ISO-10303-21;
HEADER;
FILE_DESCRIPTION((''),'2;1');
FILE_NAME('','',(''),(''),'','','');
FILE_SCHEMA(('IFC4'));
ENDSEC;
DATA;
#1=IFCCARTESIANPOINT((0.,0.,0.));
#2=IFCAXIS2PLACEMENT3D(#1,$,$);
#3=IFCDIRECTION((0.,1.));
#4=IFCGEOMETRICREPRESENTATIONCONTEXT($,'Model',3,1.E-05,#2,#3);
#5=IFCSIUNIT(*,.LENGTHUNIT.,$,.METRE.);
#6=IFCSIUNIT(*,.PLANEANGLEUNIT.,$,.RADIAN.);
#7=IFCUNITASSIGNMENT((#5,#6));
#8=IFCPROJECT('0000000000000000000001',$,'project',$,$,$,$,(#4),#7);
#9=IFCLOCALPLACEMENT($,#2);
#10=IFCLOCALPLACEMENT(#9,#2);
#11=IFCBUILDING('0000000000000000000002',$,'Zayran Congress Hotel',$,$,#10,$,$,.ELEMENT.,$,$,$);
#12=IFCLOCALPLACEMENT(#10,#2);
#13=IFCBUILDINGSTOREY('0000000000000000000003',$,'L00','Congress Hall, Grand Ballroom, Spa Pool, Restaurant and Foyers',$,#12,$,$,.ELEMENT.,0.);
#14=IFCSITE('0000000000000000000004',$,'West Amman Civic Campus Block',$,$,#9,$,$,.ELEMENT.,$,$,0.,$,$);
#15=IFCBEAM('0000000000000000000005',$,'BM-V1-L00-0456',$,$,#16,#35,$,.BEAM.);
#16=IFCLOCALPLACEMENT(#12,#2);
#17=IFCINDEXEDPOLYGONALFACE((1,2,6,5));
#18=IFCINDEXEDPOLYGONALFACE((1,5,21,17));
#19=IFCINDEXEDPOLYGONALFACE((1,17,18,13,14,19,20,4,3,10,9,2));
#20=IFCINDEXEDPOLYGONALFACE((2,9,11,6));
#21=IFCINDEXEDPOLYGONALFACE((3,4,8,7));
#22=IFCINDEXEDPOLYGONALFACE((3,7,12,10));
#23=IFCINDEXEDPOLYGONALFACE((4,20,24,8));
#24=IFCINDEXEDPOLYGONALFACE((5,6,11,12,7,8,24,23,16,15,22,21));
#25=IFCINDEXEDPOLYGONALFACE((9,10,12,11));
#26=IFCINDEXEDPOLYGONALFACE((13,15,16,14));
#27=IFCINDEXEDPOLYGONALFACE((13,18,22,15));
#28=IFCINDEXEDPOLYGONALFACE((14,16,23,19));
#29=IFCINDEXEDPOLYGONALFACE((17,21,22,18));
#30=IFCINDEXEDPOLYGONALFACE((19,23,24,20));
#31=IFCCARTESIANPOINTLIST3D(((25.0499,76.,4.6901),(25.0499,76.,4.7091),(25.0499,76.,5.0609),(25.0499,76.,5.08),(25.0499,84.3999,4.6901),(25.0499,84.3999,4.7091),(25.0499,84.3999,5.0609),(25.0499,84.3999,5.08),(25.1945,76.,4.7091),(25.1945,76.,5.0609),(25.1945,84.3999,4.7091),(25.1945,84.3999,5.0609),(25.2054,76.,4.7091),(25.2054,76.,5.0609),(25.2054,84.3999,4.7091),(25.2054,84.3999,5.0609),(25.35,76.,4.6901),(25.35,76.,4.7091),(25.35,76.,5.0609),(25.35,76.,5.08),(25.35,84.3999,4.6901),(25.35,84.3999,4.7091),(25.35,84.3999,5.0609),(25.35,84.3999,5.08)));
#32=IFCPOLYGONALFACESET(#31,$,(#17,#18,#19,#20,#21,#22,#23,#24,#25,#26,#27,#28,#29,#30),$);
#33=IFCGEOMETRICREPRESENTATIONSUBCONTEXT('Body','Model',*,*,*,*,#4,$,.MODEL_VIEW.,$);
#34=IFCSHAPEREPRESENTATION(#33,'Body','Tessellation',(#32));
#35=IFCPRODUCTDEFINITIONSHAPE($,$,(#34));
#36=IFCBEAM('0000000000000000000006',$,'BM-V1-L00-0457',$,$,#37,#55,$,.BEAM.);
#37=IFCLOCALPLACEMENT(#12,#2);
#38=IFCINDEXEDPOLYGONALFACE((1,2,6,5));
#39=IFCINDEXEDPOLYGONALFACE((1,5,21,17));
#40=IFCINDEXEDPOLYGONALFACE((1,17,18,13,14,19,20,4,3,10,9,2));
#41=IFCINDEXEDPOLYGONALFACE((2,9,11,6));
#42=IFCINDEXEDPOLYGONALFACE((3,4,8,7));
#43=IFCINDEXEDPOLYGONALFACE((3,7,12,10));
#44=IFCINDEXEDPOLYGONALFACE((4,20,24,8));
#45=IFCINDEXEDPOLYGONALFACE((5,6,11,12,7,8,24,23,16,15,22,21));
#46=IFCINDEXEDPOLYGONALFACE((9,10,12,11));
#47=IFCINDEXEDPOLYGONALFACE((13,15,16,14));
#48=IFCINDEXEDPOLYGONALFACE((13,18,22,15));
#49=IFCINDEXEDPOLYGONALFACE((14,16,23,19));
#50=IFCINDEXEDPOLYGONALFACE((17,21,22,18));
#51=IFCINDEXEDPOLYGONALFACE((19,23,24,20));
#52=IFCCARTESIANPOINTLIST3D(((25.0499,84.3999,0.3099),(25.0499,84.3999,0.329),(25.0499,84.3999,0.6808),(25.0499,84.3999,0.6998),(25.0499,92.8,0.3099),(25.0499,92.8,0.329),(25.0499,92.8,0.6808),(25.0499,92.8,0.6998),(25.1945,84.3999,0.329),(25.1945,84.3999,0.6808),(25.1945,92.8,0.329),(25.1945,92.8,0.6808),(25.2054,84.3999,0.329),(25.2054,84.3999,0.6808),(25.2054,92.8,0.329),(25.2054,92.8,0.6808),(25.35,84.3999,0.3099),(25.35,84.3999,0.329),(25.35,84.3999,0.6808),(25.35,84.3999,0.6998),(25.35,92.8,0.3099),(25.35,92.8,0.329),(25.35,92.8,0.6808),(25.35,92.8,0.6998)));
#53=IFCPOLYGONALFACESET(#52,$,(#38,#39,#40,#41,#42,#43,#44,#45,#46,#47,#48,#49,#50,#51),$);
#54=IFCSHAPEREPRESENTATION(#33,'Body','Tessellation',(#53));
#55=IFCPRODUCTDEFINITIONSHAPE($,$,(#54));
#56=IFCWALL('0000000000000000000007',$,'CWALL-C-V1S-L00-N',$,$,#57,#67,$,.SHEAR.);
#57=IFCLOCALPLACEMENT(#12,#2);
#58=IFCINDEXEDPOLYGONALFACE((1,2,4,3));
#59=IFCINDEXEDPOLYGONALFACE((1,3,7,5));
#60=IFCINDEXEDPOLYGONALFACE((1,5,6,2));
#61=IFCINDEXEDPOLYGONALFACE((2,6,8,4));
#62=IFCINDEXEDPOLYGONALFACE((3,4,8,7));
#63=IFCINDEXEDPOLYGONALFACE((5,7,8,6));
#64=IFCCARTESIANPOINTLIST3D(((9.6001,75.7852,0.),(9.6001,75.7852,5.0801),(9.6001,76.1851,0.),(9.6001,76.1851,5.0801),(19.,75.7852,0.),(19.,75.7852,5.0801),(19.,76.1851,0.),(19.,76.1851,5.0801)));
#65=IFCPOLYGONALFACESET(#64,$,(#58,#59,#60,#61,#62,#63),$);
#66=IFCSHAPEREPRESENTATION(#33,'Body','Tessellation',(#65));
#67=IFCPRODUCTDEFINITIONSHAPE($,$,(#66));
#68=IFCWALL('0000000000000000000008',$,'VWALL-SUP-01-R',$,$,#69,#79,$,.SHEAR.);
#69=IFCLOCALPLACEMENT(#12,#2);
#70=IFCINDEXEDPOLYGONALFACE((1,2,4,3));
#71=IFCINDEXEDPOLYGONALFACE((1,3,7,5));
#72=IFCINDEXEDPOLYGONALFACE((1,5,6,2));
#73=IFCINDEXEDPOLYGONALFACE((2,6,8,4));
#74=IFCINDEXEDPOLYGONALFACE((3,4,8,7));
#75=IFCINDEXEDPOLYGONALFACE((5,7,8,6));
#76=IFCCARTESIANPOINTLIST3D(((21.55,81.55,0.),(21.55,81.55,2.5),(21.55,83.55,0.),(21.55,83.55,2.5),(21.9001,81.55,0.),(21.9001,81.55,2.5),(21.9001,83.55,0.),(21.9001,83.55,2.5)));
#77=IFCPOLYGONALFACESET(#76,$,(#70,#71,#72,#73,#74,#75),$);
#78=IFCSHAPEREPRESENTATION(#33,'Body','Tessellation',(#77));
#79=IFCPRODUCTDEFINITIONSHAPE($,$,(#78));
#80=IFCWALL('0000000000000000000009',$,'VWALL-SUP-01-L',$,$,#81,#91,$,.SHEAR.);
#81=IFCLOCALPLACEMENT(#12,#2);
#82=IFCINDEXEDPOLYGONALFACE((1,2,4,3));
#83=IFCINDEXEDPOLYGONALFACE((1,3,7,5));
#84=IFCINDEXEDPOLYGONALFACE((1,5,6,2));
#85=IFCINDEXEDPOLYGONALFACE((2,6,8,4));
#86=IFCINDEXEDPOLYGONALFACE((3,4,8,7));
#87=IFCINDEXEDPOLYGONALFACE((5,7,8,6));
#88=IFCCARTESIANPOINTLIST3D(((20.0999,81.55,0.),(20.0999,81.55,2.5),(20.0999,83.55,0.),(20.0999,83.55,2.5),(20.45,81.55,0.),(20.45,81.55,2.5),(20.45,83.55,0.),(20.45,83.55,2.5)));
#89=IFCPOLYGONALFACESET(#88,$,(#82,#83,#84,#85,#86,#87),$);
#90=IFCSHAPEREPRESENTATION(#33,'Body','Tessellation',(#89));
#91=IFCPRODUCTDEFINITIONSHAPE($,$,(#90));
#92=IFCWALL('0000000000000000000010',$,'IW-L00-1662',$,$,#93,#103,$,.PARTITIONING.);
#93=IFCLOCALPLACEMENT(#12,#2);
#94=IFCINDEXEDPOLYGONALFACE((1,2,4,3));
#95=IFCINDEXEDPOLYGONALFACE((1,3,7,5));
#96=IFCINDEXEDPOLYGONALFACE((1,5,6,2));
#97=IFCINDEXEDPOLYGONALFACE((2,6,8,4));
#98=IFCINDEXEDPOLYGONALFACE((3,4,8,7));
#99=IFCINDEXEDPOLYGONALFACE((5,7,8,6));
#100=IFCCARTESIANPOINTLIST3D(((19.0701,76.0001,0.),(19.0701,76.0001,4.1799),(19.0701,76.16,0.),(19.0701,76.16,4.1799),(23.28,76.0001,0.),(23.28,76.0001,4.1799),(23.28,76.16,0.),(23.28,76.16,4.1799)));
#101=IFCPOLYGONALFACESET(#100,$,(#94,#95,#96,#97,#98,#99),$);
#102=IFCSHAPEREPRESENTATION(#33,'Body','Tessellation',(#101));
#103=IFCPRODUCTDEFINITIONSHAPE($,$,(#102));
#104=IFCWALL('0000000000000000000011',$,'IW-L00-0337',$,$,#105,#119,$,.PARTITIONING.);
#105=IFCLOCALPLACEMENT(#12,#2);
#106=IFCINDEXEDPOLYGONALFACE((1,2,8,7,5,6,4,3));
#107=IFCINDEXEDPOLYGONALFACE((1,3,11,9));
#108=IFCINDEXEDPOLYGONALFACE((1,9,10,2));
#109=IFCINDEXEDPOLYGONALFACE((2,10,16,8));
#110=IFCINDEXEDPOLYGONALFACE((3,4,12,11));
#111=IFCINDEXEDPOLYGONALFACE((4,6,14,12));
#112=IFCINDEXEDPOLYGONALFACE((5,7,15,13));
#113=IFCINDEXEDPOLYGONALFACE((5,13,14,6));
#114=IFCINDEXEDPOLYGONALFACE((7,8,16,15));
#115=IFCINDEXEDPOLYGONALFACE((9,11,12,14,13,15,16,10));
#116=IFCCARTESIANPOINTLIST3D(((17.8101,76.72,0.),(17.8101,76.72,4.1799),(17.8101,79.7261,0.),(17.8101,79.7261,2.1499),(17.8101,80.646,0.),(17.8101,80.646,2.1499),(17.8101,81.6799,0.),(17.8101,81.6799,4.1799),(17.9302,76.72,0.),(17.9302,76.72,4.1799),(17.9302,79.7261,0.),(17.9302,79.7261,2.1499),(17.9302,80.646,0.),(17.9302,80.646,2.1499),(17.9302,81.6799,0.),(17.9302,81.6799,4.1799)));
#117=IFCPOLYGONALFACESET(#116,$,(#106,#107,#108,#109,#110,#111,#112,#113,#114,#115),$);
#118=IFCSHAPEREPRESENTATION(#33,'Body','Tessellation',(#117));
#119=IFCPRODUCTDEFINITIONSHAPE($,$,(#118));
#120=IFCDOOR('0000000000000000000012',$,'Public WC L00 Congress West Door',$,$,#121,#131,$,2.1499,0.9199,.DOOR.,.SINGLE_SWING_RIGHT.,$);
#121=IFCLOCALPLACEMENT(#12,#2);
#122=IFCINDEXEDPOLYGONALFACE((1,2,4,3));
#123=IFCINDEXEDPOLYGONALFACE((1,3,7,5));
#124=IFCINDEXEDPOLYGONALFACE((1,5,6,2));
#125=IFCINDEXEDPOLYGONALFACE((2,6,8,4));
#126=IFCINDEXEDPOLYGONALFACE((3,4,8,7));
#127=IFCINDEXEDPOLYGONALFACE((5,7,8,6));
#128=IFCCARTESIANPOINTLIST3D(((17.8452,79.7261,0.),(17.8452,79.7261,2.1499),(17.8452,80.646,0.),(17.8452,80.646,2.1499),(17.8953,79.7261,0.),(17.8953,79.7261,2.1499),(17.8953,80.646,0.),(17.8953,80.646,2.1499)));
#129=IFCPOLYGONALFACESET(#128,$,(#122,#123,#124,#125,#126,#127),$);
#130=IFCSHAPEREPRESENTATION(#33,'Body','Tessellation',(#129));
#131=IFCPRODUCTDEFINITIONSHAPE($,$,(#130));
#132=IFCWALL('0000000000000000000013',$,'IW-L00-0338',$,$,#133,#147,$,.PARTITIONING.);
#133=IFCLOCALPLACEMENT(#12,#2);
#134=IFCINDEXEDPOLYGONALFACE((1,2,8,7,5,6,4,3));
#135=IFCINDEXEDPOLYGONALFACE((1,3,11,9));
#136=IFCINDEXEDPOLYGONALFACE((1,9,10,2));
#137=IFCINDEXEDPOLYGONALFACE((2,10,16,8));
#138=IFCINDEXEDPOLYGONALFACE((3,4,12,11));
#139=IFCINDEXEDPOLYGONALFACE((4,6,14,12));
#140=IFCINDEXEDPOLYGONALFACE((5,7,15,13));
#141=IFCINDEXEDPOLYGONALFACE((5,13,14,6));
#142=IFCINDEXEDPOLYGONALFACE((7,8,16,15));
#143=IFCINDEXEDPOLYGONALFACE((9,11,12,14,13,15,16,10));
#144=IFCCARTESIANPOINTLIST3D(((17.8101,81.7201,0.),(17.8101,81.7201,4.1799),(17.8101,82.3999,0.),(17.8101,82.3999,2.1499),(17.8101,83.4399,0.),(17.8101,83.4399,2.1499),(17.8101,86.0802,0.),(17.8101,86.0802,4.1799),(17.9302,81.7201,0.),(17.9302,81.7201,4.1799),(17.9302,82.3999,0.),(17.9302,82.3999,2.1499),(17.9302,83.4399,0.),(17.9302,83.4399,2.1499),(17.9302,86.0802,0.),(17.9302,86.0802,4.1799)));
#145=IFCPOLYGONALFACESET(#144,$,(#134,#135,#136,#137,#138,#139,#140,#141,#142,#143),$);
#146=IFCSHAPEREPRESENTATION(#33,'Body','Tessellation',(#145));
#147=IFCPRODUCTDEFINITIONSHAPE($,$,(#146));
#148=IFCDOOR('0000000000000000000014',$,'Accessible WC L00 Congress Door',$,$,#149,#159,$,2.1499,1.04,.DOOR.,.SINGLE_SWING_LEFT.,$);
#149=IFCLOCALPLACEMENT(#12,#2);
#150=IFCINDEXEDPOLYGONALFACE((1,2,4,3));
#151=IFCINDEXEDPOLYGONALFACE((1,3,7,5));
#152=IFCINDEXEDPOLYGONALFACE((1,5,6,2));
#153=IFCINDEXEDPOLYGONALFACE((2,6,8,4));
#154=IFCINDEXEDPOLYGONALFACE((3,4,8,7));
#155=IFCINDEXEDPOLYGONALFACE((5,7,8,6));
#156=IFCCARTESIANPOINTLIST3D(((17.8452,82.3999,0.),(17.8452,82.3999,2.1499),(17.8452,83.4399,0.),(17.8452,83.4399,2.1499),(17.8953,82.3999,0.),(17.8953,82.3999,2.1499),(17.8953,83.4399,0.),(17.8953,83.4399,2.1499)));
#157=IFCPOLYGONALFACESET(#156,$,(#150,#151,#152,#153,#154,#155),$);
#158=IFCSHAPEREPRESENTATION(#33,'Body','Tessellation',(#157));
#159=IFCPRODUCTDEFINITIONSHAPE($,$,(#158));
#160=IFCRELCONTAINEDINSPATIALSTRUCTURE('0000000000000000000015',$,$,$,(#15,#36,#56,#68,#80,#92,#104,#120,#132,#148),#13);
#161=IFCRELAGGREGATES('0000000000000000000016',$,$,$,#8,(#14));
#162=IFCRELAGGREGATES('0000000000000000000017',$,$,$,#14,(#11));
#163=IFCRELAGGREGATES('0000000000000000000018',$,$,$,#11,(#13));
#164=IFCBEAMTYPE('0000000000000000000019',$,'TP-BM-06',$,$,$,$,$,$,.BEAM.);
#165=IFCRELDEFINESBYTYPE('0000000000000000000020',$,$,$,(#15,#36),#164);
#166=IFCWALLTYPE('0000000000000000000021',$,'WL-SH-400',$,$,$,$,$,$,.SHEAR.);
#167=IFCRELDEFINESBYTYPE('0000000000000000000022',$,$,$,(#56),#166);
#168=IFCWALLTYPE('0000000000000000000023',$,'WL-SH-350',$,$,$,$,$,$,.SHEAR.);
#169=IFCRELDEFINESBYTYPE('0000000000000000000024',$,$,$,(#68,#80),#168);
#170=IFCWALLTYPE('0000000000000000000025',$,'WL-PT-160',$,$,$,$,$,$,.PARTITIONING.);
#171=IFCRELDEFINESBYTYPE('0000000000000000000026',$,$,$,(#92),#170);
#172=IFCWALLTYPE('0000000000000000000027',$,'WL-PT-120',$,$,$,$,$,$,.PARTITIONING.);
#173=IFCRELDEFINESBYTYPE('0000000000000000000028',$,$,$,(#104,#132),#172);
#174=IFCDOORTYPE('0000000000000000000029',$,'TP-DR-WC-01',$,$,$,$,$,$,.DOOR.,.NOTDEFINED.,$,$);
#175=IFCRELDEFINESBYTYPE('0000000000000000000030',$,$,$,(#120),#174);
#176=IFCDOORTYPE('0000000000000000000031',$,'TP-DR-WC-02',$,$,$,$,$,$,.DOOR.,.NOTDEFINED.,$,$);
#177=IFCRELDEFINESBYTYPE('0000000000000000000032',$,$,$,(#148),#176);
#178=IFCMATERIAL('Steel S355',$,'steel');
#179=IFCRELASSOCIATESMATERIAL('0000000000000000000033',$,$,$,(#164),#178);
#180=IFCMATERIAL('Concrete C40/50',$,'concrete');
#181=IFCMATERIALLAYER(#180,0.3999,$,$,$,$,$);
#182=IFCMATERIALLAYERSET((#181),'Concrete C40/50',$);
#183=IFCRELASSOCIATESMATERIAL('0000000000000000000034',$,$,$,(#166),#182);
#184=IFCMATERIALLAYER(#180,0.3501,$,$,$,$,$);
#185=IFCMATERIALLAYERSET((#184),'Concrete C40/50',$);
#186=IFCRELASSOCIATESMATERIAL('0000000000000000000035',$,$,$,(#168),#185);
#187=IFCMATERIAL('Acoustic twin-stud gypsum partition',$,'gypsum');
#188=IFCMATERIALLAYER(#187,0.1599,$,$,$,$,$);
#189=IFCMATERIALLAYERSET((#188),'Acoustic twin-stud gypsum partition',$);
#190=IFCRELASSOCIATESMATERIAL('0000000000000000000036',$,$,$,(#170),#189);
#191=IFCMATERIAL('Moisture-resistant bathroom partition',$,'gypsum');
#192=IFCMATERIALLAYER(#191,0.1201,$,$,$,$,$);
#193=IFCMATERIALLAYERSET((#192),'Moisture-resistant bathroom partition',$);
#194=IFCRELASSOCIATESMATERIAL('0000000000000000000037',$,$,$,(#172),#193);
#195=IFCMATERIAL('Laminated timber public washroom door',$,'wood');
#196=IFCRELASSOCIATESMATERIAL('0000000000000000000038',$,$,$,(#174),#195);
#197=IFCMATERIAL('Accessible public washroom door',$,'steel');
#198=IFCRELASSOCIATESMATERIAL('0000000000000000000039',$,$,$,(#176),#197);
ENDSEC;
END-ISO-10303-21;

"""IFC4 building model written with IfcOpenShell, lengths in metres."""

from ifc_helpers import new_model, si_unit, direction, frame, frame_2d, origin, origin_2d, place, context, subcontext, project, spatial, rectangle, i_section, extrude, material, layer, layer_set, material_profile, profile_set, type_object, element, fill, save


model = new_model("IFC4")

# Units and contexts
model_context = context("Model", 3, precision=1e-05, world=origin(), true_north=direction((0.0, 1.0)))
body_context = subcontext(model_context, "Body", "Model", "MODEL_VIEW")
ifc_project = project(units=[si_unit("LENGTHUNIT", "METRE"), si_unit("PLANEANGLEUNIT", "RADIAN")], contexts=[model_context])

# Site, building, storey
site_placement = place(None, origin())
site = spatial("IfcSite", under=ifc_project, at=site_placement, Name="West Amman Civic Campus Block", CompositionType="ELEMENT", RefElevation=0.0)
building_placement = place(site_placement, origin())
building = spatial("IfcBuilding", under=site, at=building_placement, Name="Zayran Congress Hotel", CompositionType="ELEMENT")
storey_placement = place(building_placement, origin())
storey = spatial("IfcBuildingStorey", under=building, at=storey_placement, Name="L00", Description="Congress Hall, Grand Ballroom, Spa Pool, Restaurant and Foyers", CompositionType="ELEMENT", Elevation=0.0)

# Shared definitions
ifc_material_1 = material(Name="Concrete C40/50", Category="concrete")

# Beams
ifc_material_2 = material(Name="Steel S355", Category="steel")
ifc_material_profile_1 = material_profile(ifc_material_2, i_section(OverallWidth=0.3, OverallDepth=0.3899, WebThickness=0.011, FlangeThickness=0.019, at=origin_2d()), Name="HEA 400")
ifc_profile_set_1 = profile_set([ifc_material_profile_1], Name="Steel S355")
beam_type_1 = type_object("IfcBeamType", Name="TP-BM-06", PredefinedType="BEAM", material=ifc_profile_set_1)
beam_1_placement = place(storey_placement, frame((25.2, 76.0, 4.885), z_axis=(0.0, 1.0, 0.0), x_axis=(-1.0, 0.0, 0.0)))
element("IfcBeam", 1, at=beam_1_placement, inside=storey, type_object=beam_type_1, Name="BM-V1-L00-0456", PredefinedType="BEAM", context=body_context, shape_type="SweptSolid", body=[
    extrude(i_section(OverallWidth=0.3, OverallDepth=0.3899, WebThickness=0.011, FlangeThickness=0.019, at=origin_2d()), origin(), (0.0, 0.0, 1.0), 8.3999),
])
beam_2_placement = place(storey_placement, frame((25.2, 84.3999, 0.5049), z_axis=(0.0, 1.0, 0.0), x_axis=(-1.0, 0.0, 0.0)))
element("IfcBeam", 2, at=beam_2_placement, inside=storey, type_object=beam_type_1, Name="BM-V1-L00-0457", PredefinedType="BEAM", context=body_context, shape_type="SweptSolid", body=[
    extrude(i_section(OverallWidth=0.3, OverallDepth=0.3899, WebThickness=0.011, FlangeThickness=0.019, at=origin_2d()), origin(), (0.0, 0.0, 1.0), 8.4001),
])

# Walls
ifc_layer_1 = layer(ifc_material_1, 0.3999)
ifc_layer_set_1 = layer_set([ifc_layer_1], Name="Concrete C40/50")
wall_type_1 = type_object("IfcWallType", Name="WL-SH-400", PredefinedType="SHEAR", material=ifc_layer_set_1)
wall_1_placement = place(storey_placement, frame((19.0, 75.9851, 0.0), z_axis=(0.0, 0.0, 1.0), x_axis=(-1.0, 0.0, 0.0)))
element("IfcWall", 3, at=wall_1_placement, inside=storey, type_object=wall_type_1, Name="CWALL-C-V1S-L00-N", PredefinedType="SHEAR", context=body_context, shape_type="SweptSolid", body=[
    extrude(rectangle(XDim=9.3999, YDim=0.3999, at=frame_2d((4.7, 0.0))), origin(), (0.0, 0.0, 1.0), 5.0801),
])
ifc_layer_2 = layer(ifc_material_1, 0.3501)
ifc_layer_set_2 = layer_set([ifc_layer_2], Name="Concrete C40/50")
wall_type_2 = type_object("IfcWallType", Name="WL-SH-350", PredefinedType="SHEAR", material=ifc_layer_set_2)
for number, where, z_axis, x_axis, name in (
    (4, (21.7251, 81.55, 0.0), (0.0, 0.0, 1.0), (0.0, 1.0, 0.0), "VWALL-SUP-01-R"),
    (5, (20.2749, 81.55, 0.0), (0.0, 0.0, 1.0), (0.0, 1.0, 0.0), "VWALL-SUP-01-L"),
):
    element("IfcWall", number, at=place(storey_placement, frame(where, z_axis=z_axis, x_axis=x_axis)), inside=storey, type_object=wall_type_2, Name=name, PredefinedType="SHEAR", context=body_context, shape_type="SweptSolid", body=[
        extrude(rectangle(XDim=2.0, YDim=0.3501, at=frame_2d((1.0, 0.0))), origin(), (0.0, 0.0, 1.0), 2.5),
    ])
ifc_material_3 = material(Name="Acoustic twin-stud gypsum partition", Category="gypsum")
ifc_layer_3 = layer(ifc_material_3, 0.1599)
ifc_layer_set_3 = layer_set([ifc_layer_3], Name="Acoustic twin-stud gypsum partition")
wall_type_3 = type_object("IfcWallType", Name="WL-PT-160", PredefinedType="PARTITIONING", material=ifc_layer_set_3)
wall_2_placement = place(storey_placement, frame((19.0701, 76.0801, 0.0), z_axis=(0.0, 0.0, 1.0), x_axis=(1.0, 0.0, 0.0)))
element("IfcWall", 6, at=wall_2_placement, inside=storey, type_object=wall_type_3, Name="IW-L00-1662", PredefinedType="PARTITIONING", context=body_context, shape_type="SweptSolid", body=[
    extrude(rectangle(XDim=4.21, YDim=0.1599, at=frame_2d((2.105, 0.0))), origin(), (0.0, 0.0, 1.0), 4.1799),
])

# Walls, openings, doors
ifc_material_4 = material(Name="Moisture-resistant bathroom partition", Category="gypsum")
ifc_layer_4 = layer(ifc_material_4, 0.1201)
ifc_layer_set_4 = layer_set([ifc_layer_4], Name="Moisture-resistant bathroom partition")
wall_type_4 = type_object("IfcWallType", Name="WL-PT-120", PredefinedType="PARTITIONING", material=ifc_layer_set_4)
wall_3_placement = place(storey_placement, frame((17.8701, 76.72, 0.0), z_axis=(0.0, 0.0, 1.0), x_axis=(0.0, 1.0, 0.0)))
wall_3 = element("IfcWall", 7, at=wall_3_placement, inside=storey, type_object=wall_type_4, Name="IW-L00-0337", PredefinedType="PARTITIONING", context=body_context, shape_type="SweptSolid", body=[
    extrude(rectangle(XDim=4.96, YDim=0.1201, at=frame_2d((2.48, 0.0))), origin(), (0.0, 0.0, 1.0), 4.1799),
])
opening_1_placement = place(wall_3_placement, frame((3.0061, 0.0, 0.0)))
opening_1 = element("IfcOpeningElement", 8, at=opening_1_placement, cuts=wall_3, PredefinedType="OPENING", context=body_context, shape_type="SweptSolid", body=[
    extrude(rectangle(XDim=0.9199, YDim=2.1499, at=frame_2d((0.46, 1.075))), frame((0.0, 0.0701, 0.0), z_axis=(0.0, -1.0, 0.0), x_axis=(1.0, 0.0, 0.0)), (0.0, 0.0, 1.0), 0.1401),
])
ifc_material_5 = material(Name="Laminated timber public washroom door", Category="wood")
door_type_1 = type_object("IfcDoorType", Name="TP-DR-WC-01", OperationType="NOTDEFINED", PredefinedType="DOOR", material=ifc_material_5)
door_1_placement = place(opening_1_placement, origin())
door_1 = element("IfcDoor", 9, at=door_1_placement, inside=storey, type_object=door_type_1, Name="Public WC L00 Congress West Door", OperationType="SINGLE_SWING_RIGHT", OverallHeight=2.1499, OverallWidth=0.9199, PredefinedType="DOOR", context=body_context, shape_type="SweptSolid", body=[
    extrude(rectangle(XDim=0.9199, YDim=2.1499, at=frame_2d((0.46, 1.075))), frame((0.0, 0.0249, 0.0), z_axis=(0.0, -1.0, 0.0), x_axis=(1.0, 0.0, 0.0)), (0.0, 0.0, 1.0), 0.05),
])
fill(opening_1, door_1)
wall_4_placement = place(storey_placement, frame((17.8701, 81.72, 0.0), z_axis=(0.0, 0.0, 1.0), x_axis=(0.0, 1.0, 0.0)))
wall_4 = element("IfcWall", 10, at=wall_4_placement, inside=storey, type_object=wall_type_4, Name="IW-L00-0338", PredefinedType="PARTITIONING", context=body_context, shape_type="SweptSolid", body=[
    extrude(rectangle(XDim=4.3601, YDim=0.1201, at=frame_2d((2.1802, 0.0))), origin(), (0.0, 0.0, 1.0), 4.1799),
])
opening_2_placement = place(wall_4_placement, frame((0.6799, 0.0, 0.0)))
opening_2 = element("IfcOpeningElement", 11, at=opening_2_placement, cuts=wall_4, PredefinedType="OPENING", context=body_context, shape_type="SweptSolid", body=[
    extrude(rectangle(XDim=1.04, YDim=2.1499, at=frame_2d((0.52, 1.075))), frame((0.0, 0.0701, 0.0), z_axis=(0.0, -1.0, 0.0), x_axis=(1.0, 0.0, 0.0)), (0.0, 0.0, 1.0), 0.1401),
])
ifc_material_6 = material(Name="Accessible public washroom door", Category="steel")
door_type_2 = type_object("IfcDoorType", Name="TP-DR-WC-02", OperationType="NOTDEFINED", PredefinedType="DOOR", material=ifc_material_6)
door_2_placement = place(opening_2_placement, origin())
door_2 = element("IfcDoor", 12, at=door_2_placement, inside=storey, type_object=door_type_2, Name="Accessible WC L00 Congress Door", OperationType="SINGLE_SWING_LEFT", OverallHeight=2.1499, OverallWidth=1.04, PredefinedType="DOOR", context=body_context, shape_type="SweptSolid", body=[
    extrude(rectangle(XDim=1.04, YDim=2.1499, at=frame_2d((0.52, 1.075))), frame((0.0, 0.0249, 0.0), z_axis=(0.0, -1.0, 0.0), x_axis=(1.0, 0.0, 0.0)), (0.0, 0.0, 1.0), 0.05),
])
fill(opening_2, door_2)

save(model, "model.ifc")
